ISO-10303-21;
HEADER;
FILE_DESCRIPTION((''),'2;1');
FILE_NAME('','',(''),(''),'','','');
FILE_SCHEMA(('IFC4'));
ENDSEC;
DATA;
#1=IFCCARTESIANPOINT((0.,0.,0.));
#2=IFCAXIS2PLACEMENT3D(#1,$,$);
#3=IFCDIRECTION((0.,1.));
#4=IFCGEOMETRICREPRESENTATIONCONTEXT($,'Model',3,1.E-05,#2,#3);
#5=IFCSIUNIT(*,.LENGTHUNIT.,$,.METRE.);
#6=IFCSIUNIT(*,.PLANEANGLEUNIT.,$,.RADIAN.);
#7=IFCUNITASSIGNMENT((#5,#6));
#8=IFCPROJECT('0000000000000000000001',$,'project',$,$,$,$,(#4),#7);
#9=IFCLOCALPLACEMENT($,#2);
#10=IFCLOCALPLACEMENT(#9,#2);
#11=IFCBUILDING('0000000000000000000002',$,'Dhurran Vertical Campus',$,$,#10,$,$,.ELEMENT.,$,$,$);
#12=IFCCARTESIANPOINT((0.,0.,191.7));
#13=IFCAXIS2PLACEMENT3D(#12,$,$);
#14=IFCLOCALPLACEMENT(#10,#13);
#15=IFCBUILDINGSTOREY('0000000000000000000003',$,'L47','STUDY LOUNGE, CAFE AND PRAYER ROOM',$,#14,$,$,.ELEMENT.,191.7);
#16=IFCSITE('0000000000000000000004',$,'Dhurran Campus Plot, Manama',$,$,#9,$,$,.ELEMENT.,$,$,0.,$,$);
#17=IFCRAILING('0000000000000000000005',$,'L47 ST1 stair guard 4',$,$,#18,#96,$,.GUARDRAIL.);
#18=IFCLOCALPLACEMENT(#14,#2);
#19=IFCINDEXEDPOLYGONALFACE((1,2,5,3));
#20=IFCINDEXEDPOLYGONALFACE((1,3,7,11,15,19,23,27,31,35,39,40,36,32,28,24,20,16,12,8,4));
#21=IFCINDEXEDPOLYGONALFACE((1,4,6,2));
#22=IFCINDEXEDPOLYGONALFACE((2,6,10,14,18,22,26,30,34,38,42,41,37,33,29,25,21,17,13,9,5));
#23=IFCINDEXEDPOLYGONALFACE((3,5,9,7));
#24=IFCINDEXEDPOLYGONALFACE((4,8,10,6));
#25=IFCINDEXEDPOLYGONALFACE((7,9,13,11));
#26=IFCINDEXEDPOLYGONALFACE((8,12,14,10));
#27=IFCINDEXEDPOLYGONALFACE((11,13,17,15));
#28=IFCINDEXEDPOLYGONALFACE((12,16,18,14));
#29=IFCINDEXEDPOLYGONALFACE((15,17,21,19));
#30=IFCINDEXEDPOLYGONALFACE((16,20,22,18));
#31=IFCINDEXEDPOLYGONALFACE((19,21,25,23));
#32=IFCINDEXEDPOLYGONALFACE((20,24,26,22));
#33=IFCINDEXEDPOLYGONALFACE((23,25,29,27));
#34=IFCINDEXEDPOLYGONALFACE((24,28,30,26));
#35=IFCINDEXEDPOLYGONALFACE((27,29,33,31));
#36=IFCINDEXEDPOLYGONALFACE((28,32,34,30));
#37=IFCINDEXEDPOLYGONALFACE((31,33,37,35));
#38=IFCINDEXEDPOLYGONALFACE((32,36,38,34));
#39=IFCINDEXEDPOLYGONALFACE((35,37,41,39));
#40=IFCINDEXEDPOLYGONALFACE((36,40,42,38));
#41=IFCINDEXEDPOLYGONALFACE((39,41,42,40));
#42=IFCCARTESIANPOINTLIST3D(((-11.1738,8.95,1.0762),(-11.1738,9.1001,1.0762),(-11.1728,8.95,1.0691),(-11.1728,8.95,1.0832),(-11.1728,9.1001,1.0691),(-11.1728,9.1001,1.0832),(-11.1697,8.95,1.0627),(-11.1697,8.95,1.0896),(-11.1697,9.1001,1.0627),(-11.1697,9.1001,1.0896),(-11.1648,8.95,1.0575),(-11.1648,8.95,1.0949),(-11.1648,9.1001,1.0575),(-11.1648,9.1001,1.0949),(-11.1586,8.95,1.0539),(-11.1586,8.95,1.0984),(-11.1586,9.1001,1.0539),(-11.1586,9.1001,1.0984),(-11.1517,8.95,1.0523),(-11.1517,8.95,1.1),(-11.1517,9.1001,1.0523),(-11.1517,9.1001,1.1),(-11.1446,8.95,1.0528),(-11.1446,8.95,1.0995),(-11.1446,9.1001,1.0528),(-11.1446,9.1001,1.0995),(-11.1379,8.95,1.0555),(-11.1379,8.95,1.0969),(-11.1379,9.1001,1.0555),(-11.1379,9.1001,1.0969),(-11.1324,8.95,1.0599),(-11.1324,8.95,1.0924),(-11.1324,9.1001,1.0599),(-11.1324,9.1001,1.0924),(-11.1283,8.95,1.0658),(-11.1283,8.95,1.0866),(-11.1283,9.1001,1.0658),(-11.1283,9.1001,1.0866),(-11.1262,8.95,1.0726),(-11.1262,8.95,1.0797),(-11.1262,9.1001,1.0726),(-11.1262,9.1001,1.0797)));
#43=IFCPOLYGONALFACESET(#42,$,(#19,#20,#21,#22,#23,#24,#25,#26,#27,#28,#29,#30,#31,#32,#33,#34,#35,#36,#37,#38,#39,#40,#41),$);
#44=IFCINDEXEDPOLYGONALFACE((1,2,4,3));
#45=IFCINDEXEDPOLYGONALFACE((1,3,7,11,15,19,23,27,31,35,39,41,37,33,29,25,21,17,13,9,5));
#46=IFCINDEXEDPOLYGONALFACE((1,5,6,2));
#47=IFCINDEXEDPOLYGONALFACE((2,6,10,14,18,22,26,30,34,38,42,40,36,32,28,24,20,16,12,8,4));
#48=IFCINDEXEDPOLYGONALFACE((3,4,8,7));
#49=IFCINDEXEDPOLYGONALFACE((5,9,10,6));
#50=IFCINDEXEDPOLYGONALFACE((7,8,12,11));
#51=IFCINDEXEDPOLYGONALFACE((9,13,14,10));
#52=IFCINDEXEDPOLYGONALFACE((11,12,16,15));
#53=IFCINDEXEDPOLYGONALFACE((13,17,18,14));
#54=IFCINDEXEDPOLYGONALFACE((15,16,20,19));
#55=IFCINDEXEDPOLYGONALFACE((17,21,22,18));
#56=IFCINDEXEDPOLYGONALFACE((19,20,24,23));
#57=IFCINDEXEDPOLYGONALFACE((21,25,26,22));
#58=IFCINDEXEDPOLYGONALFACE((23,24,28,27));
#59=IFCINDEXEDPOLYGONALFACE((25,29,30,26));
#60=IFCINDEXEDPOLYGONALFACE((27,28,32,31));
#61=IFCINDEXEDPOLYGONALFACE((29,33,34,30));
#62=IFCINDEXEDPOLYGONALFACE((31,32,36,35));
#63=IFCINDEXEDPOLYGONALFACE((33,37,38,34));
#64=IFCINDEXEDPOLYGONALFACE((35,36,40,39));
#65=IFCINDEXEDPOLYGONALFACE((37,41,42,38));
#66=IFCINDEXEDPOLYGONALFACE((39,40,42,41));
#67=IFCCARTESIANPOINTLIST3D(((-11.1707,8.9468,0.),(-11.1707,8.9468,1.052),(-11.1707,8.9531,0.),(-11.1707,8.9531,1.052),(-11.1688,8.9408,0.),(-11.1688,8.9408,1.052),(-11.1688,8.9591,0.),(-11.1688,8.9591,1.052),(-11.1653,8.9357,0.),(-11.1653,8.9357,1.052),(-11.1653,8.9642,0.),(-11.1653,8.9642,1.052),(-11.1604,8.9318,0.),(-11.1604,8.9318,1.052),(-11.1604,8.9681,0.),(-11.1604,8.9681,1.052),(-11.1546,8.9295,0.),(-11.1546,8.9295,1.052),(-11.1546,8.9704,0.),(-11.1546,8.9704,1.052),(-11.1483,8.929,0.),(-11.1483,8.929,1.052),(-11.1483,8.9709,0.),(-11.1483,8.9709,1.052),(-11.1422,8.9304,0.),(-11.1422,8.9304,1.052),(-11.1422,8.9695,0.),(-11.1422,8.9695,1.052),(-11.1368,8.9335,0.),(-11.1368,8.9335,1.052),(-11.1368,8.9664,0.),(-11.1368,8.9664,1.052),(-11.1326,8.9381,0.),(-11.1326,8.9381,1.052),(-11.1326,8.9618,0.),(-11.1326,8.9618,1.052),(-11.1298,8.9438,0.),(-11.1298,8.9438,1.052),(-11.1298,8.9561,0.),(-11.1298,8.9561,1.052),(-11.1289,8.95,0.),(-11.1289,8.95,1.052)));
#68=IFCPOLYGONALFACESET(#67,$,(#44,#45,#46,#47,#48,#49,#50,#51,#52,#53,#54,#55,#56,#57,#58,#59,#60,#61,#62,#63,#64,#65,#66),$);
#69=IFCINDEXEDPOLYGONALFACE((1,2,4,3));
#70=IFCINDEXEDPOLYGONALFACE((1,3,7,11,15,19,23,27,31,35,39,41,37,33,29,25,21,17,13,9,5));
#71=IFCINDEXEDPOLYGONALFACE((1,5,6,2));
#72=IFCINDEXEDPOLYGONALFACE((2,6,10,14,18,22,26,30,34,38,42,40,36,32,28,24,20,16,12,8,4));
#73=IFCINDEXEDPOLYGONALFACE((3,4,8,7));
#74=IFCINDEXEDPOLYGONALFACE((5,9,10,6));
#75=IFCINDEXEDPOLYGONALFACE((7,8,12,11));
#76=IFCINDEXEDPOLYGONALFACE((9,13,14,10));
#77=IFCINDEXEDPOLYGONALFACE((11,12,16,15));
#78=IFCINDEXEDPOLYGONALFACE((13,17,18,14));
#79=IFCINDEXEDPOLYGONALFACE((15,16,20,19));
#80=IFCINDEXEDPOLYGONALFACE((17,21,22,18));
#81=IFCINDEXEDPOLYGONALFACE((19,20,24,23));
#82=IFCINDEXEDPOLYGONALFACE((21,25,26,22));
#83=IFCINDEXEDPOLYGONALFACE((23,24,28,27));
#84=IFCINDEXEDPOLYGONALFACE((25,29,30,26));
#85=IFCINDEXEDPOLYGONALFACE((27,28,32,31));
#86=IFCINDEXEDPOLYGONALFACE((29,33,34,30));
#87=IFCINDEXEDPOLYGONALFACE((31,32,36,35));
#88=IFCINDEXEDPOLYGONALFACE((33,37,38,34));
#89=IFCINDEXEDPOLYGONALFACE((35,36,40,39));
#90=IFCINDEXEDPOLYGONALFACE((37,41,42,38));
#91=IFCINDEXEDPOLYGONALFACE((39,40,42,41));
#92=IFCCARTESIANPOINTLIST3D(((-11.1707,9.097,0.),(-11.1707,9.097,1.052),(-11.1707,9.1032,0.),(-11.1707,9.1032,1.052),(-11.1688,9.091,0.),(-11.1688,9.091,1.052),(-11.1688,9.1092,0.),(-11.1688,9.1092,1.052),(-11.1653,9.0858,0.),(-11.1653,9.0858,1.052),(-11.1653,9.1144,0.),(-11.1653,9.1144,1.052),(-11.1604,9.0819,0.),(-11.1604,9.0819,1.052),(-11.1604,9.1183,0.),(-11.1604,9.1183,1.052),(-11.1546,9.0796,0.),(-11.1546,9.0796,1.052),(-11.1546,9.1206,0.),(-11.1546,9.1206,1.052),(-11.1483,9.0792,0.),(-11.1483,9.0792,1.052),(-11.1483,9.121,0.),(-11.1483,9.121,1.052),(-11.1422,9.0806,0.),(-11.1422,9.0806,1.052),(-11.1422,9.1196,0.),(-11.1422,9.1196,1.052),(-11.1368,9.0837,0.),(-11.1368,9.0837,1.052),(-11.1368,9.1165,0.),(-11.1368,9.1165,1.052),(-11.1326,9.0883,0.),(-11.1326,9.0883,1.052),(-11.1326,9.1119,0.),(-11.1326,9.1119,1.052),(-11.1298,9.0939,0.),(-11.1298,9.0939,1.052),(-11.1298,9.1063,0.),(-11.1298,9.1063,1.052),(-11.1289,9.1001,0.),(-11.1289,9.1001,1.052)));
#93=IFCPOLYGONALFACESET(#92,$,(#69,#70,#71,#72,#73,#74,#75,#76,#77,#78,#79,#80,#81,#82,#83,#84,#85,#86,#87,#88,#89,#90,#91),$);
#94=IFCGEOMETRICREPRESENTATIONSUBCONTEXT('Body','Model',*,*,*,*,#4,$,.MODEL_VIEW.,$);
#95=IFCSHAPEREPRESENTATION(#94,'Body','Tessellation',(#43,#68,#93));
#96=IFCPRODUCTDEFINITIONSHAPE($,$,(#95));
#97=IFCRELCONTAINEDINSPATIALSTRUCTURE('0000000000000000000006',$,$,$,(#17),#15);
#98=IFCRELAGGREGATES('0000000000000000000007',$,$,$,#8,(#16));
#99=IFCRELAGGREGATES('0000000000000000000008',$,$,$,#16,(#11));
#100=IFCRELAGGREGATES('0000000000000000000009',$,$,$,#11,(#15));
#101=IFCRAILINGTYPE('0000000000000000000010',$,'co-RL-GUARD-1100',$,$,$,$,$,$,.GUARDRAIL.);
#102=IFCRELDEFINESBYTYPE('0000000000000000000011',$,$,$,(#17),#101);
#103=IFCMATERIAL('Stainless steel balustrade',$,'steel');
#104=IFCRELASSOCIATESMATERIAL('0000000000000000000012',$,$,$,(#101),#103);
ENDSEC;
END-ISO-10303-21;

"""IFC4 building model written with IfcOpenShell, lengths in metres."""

from ifc_helpers import new_model, si_unit, direction, frame, origin, origin_2d, place, context, subcontext, project, spatial, circle, extrude, material, type_object, element, save


model = new_model("IFC4")

# Units and contexts
model_context = context("Model", 3, precision=1e-05, world=origin(), true_north=direction((0.0, 1.0)))
body_context = subcontext(model_context, "Body", "Model", "MODEL_VIEW")
ifc_project = project(units=[si_unit("LENGTHUNIT", "METRE"), si_unit("PLANEANGLEUNIT", "RADIAN")], contexts=[model_context])

# Site, building, storey
site_placement = place(None, origin())
site = spatial("IfcSite", under=ifc_project, at=site_placement, Name="Dhurran Campus Plot, Manama", CompositionType="ELEMENT", RefElevation=0.0)
building_placement = place(site_placement, origin())
building = spatial("IfcBuilding", under=site, at=building_placement, Name="Dhurran Vertical Campus", CompositionType="ELEMENT")
storey_placement = place(building_placement, frame((0.0, 0.0, 191.7)))
storey = spatial("IfcBuildingStorey", under=building, at=storey_placement, Name="L47", Description="STUDY LOUNGE, CAFE AND PRAYER ROOM", CompositionType="ELEMENT", Elevation=191.7)

# Railing
ifc_material_1 = material(Name="Stainless steel balustrade", Category="steel")
railing_type_1 = type_object("IfcRailingType", Name="co-RL-GUARD-1100", PredefinedType="GUARDRAIL", material=ifc_material_1)
railing_1_placement = place(storey_placement, frame((-11.1499, 8.95, 0.0)))
element("IfcRailing", 1, at=railing_1_placement, inside=storey, type_object=railing_type_1, Name="L47 ST1 stair guard 4", PredefinedType="GUARDRAIL", context=body_context, shape_type="SweptSolid", body=[
    extrude(circle(Radius=0.0239, at=origin_2d()), frame((0.0, 0.0, 1.0762), z_axis=(0.0, 1.0, 0.0), x_axis=(-1.0, 0.0, 0.0)), (0.0, 0.0, 1.0), 0.1501),
    extrude(circle(Radius=0.021, at=origin_2d()), origin(), (0.0, 0.0, 1.0), 1.052),
    extrude(circle(Radius=0.021, at=origin_2d()), frame((0.0, 0.1501, 0.0)), (0.0, 0.0, 1.0), 1.052),
])

save(model, "model.ifc")
